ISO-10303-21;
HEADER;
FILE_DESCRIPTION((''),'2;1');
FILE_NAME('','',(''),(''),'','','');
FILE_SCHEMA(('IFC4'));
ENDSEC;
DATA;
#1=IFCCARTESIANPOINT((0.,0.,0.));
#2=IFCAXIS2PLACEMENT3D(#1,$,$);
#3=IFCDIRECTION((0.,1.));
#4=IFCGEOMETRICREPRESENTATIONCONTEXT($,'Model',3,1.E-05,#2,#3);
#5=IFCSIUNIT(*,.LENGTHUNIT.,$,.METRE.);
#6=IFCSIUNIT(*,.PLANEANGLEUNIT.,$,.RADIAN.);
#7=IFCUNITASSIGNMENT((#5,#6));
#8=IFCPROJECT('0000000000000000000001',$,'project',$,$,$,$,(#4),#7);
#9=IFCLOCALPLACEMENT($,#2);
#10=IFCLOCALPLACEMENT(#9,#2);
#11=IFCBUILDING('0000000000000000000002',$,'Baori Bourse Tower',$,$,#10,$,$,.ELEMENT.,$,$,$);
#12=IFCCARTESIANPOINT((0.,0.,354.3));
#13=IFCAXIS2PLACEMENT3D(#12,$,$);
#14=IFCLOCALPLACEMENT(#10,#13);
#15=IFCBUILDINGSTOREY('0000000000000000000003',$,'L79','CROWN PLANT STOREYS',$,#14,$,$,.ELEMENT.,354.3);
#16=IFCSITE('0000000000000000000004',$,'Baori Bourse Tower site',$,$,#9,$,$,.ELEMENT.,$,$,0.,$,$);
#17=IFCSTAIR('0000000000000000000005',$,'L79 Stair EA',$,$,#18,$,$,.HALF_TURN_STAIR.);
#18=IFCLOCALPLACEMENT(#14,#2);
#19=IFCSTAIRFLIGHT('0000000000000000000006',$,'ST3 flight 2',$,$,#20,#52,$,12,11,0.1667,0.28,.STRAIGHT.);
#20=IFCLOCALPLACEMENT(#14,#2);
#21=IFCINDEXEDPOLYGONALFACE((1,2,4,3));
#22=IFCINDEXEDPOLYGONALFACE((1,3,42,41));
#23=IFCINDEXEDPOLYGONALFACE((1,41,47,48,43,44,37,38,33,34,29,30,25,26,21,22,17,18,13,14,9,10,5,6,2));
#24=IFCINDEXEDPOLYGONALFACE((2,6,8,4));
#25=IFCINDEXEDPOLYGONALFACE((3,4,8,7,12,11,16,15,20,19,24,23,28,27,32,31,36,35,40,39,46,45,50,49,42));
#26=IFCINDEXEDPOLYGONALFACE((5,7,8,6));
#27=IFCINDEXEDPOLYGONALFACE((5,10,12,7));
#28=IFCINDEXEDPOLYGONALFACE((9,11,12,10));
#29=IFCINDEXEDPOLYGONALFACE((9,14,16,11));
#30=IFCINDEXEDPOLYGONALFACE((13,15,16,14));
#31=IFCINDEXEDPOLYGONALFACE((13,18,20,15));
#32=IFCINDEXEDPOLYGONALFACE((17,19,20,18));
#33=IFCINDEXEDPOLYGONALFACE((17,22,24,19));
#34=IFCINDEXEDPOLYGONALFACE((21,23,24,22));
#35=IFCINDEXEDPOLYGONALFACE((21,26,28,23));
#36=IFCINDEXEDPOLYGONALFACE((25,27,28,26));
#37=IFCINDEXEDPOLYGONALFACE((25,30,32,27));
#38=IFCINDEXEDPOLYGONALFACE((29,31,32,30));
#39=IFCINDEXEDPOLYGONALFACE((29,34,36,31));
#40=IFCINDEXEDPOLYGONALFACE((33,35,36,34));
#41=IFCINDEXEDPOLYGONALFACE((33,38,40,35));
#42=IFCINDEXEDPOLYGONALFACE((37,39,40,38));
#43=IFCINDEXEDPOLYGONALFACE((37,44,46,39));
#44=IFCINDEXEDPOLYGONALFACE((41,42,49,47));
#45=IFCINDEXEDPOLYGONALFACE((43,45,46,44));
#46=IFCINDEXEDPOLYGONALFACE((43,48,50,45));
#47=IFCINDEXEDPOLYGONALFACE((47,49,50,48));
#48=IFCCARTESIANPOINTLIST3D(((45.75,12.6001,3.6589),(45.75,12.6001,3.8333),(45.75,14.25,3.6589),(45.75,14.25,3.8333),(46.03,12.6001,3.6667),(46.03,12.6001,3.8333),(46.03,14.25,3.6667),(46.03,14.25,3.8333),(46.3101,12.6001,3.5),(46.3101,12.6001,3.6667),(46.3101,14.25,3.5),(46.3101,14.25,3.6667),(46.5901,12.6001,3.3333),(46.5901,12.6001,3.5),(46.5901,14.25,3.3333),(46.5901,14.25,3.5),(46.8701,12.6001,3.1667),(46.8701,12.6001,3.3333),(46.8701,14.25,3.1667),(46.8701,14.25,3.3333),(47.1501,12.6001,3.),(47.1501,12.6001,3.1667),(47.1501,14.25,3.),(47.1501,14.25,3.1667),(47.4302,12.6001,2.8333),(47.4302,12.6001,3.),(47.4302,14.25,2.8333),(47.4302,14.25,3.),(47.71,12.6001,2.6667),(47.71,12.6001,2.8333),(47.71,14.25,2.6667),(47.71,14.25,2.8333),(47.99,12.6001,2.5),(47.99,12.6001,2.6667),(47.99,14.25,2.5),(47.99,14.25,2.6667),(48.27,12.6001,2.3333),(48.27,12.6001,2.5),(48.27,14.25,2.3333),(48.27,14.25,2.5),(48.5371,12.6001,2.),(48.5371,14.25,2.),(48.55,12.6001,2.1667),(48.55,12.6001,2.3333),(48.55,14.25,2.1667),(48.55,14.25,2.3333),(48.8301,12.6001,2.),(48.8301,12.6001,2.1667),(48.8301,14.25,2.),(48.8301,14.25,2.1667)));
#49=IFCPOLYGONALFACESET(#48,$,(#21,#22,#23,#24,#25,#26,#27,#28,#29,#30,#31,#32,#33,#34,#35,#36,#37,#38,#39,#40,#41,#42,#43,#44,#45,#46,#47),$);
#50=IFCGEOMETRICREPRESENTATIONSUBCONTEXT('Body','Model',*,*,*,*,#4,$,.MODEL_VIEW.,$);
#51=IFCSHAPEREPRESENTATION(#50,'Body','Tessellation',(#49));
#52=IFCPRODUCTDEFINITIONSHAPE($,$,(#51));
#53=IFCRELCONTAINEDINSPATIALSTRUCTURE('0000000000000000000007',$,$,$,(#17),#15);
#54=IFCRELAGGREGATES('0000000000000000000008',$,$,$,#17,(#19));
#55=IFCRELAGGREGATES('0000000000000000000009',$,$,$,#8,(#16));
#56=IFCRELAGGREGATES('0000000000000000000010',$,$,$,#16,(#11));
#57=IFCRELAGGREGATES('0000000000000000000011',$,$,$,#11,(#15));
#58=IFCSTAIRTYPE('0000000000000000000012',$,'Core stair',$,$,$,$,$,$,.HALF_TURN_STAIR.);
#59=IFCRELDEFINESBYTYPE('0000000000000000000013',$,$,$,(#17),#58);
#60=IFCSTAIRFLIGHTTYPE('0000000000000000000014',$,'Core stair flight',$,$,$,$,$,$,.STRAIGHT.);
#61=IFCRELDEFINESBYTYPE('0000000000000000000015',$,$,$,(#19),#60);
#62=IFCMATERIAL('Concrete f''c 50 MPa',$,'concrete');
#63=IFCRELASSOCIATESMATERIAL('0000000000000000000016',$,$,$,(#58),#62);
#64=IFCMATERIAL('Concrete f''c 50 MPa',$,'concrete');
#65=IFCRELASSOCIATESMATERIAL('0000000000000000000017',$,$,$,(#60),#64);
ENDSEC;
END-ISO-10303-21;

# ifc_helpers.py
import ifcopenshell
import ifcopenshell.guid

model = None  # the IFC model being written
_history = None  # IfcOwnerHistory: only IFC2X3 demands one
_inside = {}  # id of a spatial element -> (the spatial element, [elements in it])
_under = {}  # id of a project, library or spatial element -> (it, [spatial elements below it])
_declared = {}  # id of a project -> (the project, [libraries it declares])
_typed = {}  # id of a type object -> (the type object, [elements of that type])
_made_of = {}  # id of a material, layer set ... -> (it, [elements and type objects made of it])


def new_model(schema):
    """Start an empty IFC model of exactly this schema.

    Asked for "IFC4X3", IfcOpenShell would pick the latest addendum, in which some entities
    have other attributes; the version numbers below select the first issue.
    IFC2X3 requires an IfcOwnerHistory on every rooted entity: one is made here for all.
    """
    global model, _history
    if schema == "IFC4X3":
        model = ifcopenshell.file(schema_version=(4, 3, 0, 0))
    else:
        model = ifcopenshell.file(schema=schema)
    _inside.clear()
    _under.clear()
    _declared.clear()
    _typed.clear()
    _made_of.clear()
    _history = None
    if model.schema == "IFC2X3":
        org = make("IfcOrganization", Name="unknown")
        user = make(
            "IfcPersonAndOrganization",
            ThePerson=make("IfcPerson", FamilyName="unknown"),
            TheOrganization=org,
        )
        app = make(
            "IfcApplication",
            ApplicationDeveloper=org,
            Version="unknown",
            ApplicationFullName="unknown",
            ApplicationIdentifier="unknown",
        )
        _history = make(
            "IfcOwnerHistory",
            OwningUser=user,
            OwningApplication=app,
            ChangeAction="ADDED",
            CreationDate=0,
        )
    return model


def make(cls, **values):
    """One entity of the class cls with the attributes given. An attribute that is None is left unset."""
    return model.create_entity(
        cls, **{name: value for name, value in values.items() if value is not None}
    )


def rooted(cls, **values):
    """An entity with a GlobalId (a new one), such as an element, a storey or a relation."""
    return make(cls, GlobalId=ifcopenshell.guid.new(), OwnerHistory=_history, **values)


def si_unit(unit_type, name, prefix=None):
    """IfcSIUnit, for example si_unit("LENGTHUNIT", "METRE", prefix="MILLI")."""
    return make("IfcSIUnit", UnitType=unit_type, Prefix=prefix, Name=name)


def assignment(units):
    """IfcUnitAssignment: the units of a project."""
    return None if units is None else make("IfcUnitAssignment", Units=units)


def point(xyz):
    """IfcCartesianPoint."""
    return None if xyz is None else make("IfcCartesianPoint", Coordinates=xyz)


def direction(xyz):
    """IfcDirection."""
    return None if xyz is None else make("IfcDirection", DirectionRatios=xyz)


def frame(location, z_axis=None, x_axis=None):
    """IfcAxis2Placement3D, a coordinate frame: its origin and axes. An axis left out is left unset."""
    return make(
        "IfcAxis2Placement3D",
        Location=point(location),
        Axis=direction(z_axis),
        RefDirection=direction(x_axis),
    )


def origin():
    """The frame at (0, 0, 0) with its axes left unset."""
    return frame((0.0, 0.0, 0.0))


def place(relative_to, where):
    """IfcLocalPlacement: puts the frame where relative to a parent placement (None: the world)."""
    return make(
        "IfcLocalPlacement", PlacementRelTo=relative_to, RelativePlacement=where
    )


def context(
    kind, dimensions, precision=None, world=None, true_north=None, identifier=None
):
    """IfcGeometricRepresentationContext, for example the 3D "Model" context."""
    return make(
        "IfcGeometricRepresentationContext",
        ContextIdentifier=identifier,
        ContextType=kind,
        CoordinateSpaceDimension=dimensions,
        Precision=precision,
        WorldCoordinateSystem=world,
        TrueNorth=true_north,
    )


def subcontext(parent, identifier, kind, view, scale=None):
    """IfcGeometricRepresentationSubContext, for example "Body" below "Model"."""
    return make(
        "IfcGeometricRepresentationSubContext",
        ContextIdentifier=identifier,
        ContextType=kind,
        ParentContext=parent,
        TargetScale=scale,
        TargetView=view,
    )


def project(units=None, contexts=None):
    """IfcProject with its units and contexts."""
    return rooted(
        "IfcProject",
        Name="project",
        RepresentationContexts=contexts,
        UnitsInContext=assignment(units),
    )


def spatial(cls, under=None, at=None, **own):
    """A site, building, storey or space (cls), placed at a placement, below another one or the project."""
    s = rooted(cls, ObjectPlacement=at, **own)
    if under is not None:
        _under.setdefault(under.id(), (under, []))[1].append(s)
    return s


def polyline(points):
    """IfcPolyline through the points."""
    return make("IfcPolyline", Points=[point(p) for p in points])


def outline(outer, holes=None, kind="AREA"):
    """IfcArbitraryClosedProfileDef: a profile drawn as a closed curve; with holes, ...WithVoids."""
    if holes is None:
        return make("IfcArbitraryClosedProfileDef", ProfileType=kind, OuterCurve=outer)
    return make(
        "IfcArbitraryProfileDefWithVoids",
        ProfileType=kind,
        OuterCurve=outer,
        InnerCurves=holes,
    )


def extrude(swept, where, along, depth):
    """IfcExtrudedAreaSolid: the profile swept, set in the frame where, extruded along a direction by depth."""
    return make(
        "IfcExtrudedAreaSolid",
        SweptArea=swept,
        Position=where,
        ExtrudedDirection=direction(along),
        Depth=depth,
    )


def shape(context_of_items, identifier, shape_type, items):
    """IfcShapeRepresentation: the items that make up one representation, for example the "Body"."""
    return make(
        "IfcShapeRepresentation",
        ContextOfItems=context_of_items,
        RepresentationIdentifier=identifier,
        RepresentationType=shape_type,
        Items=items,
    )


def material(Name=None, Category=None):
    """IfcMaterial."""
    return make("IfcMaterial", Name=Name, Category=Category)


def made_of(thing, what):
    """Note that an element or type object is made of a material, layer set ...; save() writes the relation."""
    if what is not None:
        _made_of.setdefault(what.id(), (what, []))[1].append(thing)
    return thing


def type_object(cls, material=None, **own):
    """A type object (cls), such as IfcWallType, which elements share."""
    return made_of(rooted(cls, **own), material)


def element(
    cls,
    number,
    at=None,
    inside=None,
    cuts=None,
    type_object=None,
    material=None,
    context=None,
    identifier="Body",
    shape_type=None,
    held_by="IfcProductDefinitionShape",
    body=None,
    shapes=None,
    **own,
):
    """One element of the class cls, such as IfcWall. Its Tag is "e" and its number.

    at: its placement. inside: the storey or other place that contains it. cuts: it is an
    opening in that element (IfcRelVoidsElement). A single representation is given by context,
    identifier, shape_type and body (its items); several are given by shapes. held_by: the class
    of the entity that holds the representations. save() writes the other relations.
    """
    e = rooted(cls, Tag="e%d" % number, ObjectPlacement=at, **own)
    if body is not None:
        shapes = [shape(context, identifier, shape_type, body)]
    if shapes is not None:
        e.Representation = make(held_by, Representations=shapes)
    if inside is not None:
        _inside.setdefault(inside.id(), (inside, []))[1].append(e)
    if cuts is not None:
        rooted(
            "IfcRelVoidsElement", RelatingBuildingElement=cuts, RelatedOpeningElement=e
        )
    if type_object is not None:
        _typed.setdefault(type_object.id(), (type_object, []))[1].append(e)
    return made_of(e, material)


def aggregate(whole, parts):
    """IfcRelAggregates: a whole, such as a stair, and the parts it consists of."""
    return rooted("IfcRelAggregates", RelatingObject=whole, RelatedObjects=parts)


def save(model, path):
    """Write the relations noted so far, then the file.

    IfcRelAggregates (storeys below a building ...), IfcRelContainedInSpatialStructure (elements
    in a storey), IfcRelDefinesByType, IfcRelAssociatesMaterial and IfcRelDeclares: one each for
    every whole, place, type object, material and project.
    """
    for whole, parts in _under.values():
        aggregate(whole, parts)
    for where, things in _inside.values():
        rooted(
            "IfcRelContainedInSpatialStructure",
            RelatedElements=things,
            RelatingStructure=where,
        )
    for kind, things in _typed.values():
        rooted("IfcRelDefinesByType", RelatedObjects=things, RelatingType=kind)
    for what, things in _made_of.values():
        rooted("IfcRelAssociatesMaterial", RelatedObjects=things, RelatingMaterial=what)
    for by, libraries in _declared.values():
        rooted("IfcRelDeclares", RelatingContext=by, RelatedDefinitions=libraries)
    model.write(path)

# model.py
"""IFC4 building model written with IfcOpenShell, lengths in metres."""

from ifc_helpers import new_model, si_unit, direction, frame, origin, place, context, subcontext, project, spatial, polyline, outline, extrude, material, type_object, element, aggregate, save


model = new_model("IFC4")

# Units and contexts
model_context = context("Model", 3, precision=1e-05, world=origin(), true_north=direction((0.0, 1.0)))
body_context = subcontext(model_context, "Body", "Model", "MODEL_VIEW")
ifc_project = project(units=[si_unit("LENGTHUNIT", "METRE"), si_unit("PLANEANGLEUNIT", "RADIAN")], contexts=[model_context])

# Site, building, storey
site_placement = place(None, origin())
site = spatial("IfcSite", under=ifc_project, at=site_placement, Name="Baori Bourse Tower site", CompositionType="ELEMENT", RefElevation=0.0)
building_placement = place(site_placement, origin())
building = spatial("IfcBuilding", under=site, at=building_placement, Name="Baori Bourse Tower", CompositionType="ELEMENT")
storey_placement = place(building_placement, frame((0.0, 0.0, 354.3)))
storey = spatial("IfcBuildingStorey", under=building, at=storey_placement, Name="L79", Description="CROWN PLANT STOREYS", CompositionType="ELEMENT", Elevation=354.3)

# Stair, stair flight
ifc_material_1 = material(Name="Concrete f'c 50 MPa", Category="concrete")
stair_type = type_object("IfcStairType", Name="Core stair", PredefinedType="HALF_TURN_STAIR", material=ifc_material_1)
stair_placement = place(storey_placement, origin())
stair = element("IfcStair", 1, at=stair_placement, inside=storey, type_object=stair_type, Name="L79 Stair EA", PredefinedType="HALF_TURN_STAIR")
ifc_material_2 = material(Name="Concrete f'c 50 MPa", Category="concrete")
stair_flight_type = type_object("IfcStairFlightType", Name="Core stair flight", PredefinedType="STRAIGHT", material=ifc_material_2)
stair_flight_1_placement = place(storey_placement, frame((48.8301, 13.425, 2.0), z_axis=(0.0, 0.0, 1.0), x_axis=(-1.0, 0.0, 0.0)))
stair_flight_1 = element("IfcStairFlight", 2, at=stair_flight_1_placement, type_object=stair_flight_type, Name="ST3 flight 2", NumberOfRisers=12, NumberOfTreads=11, PredefinedType="STRAIGHT", RiserHeight=0.1667, TreadLength=0.28, context=body_context, shape_type="SweptSolid", body=[
    extrude(outline(polyline([(0.0, 0.0), (0.0, 0.1667), (0.28, 0.1667), (0.28, 0.3333), (0.5601, 0.3333), (0.5601, 0.5), (0.8401, 0.5), (0.8401, 0.6667), (1.1201, 0.6667), (1.1201, 0.8333), (1.3999, 0.8333), (1.3999, 1.0), (1.6799, 1.0), (1.6799, 1.1667), (1.96, 1.1667), (1.96, 1.3333), (2.24, 1.3333), (2.24, 1.5), (2.52, 1.5), (2.52, 1.6667), (2.8, 1.6667), (2.8, 1.8333), (3.0801, 1.8333), (3.0801, 2.0), (3.0801, 1.6589), (0.293, 0.0), (0.0, 0.0)])), frame((0.0, 0.825, 0.0), z_axis=(0.0, -1.0, 0.0), x_axis=(1.0, 0.0, 0.0)), (0.0, 0.0, 1.0), 1.6499),
])
aggregate(stair, [stair_flight_1])

save(model, "model.ifc")
